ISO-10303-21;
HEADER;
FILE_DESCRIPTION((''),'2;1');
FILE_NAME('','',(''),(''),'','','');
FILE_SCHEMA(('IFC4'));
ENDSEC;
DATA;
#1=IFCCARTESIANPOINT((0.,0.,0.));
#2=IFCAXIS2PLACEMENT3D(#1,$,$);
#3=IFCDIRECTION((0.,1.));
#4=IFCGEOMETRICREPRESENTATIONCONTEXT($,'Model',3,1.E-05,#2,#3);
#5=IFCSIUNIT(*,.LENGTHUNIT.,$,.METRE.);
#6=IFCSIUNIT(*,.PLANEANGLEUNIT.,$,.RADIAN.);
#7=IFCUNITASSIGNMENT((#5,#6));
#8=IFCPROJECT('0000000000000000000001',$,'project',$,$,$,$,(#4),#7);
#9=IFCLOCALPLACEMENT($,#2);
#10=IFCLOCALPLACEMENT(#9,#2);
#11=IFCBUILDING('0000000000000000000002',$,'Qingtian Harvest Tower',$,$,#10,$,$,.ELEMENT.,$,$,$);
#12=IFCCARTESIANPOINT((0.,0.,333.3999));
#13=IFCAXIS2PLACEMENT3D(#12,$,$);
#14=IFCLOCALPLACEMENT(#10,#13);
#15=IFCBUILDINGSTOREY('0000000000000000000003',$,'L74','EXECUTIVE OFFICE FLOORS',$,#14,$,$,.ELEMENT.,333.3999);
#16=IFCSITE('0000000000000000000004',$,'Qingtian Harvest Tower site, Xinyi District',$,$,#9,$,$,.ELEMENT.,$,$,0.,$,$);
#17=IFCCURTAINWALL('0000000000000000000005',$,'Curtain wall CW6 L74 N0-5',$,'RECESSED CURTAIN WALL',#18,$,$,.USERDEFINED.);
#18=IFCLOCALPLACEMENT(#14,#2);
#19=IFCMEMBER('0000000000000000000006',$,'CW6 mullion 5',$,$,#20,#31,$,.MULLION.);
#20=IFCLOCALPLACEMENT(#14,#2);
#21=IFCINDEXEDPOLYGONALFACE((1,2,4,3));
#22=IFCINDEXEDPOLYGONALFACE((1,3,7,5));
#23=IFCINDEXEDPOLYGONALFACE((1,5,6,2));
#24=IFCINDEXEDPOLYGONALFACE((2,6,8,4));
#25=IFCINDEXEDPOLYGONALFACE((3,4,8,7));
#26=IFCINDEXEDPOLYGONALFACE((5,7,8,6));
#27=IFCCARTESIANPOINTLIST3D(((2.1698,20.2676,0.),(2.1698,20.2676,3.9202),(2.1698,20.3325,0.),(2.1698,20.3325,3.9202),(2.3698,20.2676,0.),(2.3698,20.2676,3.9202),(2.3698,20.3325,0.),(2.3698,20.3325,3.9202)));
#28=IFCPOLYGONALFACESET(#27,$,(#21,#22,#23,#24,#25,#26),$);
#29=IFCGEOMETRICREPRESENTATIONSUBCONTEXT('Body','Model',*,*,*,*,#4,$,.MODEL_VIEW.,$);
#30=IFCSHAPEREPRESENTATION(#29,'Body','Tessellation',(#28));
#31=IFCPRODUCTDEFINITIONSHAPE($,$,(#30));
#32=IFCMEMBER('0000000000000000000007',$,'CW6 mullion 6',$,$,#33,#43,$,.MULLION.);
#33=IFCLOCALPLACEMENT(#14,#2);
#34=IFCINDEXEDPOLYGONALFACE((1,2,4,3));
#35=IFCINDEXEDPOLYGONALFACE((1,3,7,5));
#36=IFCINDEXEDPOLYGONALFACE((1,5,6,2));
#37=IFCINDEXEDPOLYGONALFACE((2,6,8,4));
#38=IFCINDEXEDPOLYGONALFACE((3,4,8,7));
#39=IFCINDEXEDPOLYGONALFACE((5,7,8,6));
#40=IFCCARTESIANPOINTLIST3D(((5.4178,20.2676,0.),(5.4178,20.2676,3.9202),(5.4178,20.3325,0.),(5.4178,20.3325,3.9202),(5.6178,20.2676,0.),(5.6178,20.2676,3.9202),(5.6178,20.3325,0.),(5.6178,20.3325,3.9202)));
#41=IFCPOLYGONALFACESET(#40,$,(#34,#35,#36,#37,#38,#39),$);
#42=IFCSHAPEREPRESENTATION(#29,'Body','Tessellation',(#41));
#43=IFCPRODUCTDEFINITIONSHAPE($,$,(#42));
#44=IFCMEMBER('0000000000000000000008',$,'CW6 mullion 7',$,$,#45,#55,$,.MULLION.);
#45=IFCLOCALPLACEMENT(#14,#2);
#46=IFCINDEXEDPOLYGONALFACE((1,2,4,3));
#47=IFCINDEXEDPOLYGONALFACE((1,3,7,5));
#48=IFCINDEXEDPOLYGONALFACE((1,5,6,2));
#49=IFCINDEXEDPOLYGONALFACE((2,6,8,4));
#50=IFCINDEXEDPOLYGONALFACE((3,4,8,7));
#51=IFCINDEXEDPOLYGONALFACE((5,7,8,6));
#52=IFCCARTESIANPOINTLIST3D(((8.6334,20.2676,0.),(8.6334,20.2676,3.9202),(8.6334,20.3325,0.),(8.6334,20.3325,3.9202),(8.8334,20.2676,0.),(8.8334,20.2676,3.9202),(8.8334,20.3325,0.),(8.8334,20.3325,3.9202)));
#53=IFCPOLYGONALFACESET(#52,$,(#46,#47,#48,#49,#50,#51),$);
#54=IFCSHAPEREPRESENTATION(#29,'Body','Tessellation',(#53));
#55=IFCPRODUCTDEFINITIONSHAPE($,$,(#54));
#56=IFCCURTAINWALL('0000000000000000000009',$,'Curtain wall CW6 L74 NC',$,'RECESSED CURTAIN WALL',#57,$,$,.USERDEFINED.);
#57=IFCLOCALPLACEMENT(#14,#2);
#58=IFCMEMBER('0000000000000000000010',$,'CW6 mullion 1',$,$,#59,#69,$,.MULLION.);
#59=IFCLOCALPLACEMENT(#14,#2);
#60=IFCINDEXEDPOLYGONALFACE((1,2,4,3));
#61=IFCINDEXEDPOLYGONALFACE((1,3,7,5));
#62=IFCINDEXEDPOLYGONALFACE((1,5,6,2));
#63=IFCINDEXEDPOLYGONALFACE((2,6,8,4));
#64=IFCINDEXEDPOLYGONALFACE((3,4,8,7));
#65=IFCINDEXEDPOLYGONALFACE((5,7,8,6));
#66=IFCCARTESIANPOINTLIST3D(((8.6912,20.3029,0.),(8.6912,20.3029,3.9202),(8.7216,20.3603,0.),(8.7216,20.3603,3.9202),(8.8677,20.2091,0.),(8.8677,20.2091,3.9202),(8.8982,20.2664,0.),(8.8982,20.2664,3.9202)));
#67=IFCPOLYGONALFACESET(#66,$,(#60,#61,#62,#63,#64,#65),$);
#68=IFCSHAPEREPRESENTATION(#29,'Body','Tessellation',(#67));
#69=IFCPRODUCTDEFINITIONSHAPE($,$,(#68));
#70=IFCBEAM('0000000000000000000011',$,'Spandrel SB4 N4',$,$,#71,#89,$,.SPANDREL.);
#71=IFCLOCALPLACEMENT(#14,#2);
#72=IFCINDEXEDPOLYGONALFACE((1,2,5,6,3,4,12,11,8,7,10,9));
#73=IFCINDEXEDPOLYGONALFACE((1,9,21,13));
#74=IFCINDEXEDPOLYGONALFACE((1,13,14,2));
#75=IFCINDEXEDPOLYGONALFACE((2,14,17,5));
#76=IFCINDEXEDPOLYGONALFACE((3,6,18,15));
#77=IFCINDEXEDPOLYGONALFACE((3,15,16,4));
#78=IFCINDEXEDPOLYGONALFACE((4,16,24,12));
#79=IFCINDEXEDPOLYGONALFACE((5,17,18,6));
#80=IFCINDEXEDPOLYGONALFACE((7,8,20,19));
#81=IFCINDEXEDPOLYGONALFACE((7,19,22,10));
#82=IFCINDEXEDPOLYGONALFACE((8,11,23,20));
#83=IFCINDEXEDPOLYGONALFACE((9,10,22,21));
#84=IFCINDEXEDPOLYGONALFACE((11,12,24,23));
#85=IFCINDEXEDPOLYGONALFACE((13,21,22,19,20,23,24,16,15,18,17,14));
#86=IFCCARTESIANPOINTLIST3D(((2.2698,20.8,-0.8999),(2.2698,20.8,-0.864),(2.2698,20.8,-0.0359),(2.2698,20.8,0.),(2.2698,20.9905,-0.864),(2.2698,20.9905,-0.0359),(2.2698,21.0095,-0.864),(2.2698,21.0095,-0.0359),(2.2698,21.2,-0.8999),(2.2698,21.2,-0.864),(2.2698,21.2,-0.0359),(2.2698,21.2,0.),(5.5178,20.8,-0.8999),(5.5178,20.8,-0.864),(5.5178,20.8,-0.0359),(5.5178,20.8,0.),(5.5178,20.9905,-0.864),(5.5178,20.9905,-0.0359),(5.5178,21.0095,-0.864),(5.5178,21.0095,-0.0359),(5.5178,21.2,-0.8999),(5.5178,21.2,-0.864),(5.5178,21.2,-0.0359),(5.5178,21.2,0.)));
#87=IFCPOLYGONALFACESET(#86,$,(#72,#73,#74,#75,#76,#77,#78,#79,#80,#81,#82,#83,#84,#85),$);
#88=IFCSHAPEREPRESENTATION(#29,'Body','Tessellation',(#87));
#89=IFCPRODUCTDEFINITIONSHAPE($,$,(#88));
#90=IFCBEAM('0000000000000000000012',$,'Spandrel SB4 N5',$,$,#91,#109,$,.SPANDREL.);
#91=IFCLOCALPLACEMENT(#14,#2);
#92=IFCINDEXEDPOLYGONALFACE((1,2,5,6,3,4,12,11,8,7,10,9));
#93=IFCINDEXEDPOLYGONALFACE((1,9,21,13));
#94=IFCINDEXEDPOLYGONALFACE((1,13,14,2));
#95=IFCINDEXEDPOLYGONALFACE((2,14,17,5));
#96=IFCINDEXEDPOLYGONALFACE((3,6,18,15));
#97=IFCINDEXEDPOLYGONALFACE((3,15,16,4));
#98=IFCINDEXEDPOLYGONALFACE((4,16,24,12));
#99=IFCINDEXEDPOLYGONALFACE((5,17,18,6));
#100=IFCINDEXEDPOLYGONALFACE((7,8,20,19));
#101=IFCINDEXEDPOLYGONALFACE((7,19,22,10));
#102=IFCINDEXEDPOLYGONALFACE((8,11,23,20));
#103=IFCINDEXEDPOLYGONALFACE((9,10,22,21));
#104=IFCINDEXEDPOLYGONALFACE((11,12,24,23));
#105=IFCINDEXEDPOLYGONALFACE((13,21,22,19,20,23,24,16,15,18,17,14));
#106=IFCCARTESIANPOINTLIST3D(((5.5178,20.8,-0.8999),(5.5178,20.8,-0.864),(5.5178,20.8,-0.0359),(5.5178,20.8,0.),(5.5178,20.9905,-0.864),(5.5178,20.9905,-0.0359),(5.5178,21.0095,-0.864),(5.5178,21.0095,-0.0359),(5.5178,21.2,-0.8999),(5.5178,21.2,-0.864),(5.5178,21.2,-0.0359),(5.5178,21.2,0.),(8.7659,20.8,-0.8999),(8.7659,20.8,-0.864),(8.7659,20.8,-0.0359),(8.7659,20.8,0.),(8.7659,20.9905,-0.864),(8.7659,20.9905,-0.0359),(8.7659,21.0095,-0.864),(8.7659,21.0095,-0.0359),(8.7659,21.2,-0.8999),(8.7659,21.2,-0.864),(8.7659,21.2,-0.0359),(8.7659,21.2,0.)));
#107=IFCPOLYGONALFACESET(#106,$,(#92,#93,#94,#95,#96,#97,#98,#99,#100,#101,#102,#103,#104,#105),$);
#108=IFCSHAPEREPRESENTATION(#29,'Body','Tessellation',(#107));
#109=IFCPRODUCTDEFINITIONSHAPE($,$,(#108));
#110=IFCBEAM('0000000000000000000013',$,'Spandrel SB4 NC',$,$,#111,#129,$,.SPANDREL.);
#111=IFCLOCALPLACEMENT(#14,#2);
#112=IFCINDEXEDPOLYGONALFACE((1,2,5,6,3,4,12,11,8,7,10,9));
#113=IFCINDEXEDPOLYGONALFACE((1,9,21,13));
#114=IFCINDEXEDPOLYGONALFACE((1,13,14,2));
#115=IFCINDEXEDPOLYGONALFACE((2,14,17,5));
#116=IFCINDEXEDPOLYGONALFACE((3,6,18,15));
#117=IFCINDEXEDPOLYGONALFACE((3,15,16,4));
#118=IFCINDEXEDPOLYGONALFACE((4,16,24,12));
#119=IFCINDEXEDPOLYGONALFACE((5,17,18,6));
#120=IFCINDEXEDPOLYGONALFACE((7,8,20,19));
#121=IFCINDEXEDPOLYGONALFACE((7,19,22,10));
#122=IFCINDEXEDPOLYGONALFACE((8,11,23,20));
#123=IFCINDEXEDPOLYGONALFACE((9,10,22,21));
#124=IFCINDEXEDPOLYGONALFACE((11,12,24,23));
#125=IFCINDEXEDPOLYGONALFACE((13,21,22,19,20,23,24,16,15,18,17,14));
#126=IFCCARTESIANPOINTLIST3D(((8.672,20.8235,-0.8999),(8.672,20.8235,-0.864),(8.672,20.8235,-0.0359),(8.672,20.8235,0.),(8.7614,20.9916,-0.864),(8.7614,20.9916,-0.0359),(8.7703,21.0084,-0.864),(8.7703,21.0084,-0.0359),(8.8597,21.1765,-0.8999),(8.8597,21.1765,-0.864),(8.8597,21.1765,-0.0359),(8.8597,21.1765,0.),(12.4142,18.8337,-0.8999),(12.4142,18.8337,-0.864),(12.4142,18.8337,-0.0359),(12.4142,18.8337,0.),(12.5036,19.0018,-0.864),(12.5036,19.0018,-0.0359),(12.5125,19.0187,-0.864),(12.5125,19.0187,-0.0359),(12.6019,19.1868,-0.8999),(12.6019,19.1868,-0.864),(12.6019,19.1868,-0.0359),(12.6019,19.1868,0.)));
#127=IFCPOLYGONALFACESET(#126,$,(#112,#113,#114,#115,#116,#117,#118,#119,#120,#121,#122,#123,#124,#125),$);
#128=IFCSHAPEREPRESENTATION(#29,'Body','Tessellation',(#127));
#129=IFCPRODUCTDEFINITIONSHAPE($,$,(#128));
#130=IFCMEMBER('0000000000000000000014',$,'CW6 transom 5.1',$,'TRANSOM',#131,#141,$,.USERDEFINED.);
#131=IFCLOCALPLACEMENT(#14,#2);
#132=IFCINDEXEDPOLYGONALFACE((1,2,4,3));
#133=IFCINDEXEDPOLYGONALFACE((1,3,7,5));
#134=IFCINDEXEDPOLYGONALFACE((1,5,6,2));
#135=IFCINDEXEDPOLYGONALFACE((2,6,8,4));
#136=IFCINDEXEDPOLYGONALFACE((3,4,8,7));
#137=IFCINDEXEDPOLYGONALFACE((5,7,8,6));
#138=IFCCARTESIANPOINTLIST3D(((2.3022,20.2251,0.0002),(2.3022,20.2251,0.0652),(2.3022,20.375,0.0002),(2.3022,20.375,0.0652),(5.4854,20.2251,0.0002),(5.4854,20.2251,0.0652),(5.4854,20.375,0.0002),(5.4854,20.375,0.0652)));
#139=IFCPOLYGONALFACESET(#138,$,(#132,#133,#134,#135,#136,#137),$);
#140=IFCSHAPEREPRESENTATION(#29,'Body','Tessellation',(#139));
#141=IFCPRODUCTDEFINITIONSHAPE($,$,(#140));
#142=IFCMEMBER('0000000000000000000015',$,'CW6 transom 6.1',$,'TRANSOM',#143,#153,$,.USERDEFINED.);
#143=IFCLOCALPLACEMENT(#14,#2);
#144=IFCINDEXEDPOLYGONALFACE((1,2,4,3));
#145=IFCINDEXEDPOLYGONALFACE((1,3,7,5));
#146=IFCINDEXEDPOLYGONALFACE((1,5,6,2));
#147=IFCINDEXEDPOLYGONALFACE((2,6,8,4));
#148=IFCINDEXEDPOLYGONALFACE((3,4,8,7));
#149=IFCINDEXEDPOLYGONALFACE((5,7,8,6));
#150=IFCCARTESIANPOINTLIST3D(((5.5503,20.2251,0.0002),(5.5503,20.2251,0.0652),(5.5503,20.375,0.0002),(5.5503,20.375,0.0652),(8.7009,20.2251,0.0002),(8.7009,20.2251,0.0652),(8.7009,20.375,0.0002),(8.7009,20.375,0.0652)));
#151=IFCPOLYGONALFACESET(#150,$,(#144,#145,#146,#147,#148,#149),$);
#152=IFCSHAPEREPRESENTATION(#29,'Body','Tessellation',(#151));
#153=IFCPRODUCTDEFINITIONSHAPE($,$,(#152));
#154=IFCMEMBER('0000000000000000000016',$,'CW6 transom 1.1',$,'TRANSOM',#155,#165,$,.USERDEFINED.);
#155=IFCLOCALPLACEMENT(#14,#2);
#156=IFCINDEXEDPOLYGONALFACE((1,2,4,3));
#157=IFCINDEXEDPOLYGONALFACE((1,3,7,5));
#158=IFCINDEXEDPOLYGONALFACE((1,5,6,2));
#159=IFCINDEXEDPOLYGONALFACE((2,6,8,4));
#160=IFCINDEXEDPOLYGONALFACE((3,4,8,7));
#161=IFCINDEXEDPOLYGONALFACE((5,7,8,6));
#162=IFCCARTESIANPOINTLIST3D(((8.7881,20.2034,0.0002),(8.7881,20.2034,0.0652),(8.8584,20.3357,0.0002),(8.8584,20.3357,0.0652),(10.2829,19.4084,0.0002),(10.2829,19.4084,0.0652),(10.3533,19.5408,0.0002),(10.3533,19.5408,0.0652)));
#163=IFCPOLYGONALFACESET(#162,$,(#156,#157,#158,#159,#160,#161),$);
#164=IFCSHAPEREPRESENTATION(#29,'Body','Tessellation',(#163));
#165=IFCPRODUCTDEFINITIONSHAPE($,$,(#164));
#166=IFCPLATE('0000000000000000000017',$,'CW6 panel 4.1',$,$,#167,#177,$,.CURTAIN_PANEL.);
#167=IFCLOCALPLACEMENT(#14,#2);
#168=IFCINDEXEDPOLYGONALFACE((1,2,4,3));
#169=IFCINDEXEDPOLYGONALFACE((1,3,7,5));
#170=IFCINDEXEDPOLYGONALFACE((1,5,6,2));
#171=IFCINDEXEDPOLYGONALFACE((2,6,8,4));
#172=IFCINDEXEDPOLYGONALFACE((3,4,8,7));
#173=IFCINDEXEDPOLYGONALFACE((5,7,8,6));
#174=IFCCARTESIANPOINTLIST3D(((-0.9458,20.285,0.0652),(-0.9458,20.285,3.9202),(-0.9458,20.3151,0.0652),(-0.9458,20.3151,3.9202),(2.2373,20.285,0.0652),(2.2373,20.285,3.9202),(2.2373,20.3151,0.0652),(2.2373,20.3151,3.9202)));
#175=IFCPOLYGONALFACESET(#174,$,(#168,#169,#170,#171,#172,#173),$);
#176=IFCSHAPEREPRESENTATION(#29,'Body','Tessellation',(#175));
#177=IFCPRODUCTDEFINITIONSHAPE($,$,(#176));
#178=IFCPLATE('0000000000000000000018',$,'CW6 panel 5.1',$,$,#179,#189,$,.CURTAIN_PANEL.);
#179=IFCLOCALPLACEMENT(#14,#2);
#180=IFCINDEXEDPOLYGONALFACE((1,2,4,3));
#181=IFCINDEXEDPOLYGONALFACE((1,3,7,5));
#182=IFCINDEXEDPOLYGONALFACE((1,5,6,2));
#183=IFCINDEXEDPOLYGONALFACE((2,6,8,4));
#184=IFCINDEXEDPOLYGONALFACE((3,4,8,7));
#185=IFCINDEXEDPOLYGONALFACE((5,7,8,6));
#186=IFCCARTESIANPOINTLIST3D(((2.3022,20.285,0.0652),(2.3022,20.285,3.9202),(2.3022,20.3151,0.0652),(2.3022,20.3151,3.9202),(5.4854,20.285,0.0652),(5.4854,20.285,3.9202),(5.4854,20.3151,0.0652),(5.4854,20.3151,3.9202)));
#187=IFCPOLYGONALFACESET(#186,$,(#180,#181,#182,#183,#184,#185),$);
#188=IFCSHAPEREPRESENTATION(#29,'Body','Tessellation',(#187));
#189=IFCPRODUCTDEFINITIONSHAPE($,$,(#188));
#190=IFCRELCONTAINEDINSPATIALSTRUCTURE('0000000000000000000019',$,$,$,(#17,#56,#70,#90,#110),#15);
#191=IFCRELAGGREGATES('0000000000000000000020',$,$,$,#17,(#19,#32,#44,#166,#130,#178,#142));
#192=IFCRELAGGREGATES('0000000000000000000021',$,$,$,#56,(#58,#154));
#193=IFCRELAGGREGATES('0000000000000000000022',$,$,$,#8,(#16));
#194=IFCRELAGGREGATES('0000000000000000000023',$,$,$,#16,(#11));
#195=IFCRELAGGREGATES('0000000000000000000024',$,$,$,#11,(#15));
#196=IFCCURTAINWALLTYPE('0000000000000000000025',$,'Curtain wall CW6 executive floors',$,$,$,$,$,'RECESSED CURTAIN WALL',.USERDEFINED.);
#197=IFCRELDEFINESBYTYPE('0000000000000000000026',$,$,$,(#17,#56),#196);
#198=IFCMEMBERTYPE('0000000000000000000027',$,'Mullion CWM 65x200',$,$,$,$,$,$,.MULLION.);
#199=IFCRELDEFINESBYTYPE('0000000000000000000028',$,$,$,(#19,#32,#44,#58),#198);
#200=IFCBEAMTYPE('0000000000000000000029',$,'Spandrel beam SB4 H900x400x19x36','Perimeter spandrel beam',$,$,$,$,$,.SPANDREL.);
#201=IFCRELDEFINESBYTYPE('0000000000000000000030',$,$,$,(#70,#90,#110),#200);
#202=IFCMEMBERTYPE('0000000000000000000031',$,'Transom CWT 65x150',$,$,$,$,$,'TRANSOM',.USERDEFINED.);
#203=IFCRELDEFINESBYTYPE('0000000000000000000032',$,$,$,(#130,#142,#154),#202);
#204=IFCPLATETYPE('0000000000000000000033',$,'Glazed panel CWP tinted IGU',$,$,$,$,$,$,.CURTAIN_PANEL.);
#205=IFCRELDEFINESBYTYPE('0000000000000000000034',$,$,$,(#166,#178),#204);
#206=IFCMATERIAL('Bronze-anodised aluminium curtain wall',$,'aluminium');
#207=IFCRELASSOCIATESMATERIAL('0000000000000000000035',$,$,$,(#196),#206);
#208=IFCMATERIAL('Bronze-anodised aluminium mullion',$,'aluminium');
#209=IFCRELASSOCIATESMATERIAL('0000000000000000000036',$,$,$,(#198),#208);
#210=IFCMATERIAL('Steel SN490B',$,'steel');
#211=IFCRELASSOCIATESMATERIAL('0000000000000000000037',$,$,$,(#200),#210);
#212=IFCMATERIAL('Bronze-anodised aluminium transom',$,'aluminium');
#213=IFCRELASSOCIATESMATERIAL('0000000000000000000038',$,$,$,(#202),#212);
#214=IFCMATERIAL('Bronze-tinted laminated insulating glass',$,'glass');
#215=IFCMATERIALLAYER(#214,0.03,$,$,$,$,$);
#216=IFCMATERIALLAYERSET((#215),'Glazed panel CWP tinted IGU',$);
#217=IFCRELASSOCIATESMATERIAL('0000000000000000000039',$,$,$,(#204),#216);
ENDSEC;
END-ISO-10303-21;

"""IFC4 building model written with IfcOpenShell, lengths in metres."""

from ifc_helpers import new_model, si_unit, direction, frame, origin, origin_2d, place, context, subcontext, project, spatial, rectangle, i_section, extrude, material, layer, layer_set, material_profile, profile_set, type_object, element, aggregate, save


model = new_model("IFC4")

# Units and contexts
model_context = context("Model", 3, precision=1e-05, world=origin(), true_north=direction((0.0, 1.0)))
body_context = subcontext(model_context, "Body", "Model", "MODEL_VIEW")
ifc_project = project(units=[si_unit("LENGTHUNIT", "METRE"), si_unit("PLANEANGLEUNIT", "RADIAN")], contexts=[model_context])

# Site, building, storey
site_placement = place(None, origin())
site = spatial("IfcSite", under=ifc_project, at=site_placement, Name="Qingtian Harvest Tower site, Xinyi District", CompositionType="ELEMENT", RefElevation=0.0)
building_placement = place(site_placement, origin())
building = spatial("IfcBuilding", under=site, at=building_placement, Name="Qingtian Harvest Tower", CompositionType="ELEMENT")
storey_placement = place(building_placement, frame((0.0, 0.0, 333.3999)))
storey = spatial("IfcBuildingStorey", under=building, at=storey_placement, Name="L74", Description="EXECUTIVE OFFICE FLOORS", CompositionType="ELEMENT", Elevation=333.3999)

# Curtain wall, members
ifc_material_1 = material(Name="Bronze-anodised aluminium curtain wall", Category="aluminium")
curtain_wall_type = type_object("IfcCurtainWallType", Name="Curtain wall CW6 executive floors", ElementType="RECESSED CURTAIN WALL", PredefinedType="USERDEFINED", material=ifc_material_1)
curtain_wall_1_placement = place(storey_placement, origin())
curtain_wall_1 = element("IfcCurtainWall", 1, at=curtain_wall_1_placement, inside=storey, type_object=curtain_wall_type, Name="Curtain wall CW6 L74 N0-5", ObjectType="RECESSED CURTAIN WALL", PredefinedType="USERDEFINED")
ifc_material_2 = material(Name="Bronze-anodised aluminium mullion", Category="aluminium")
ifc_material_profile_1 = material_profile(ifc_material_2, rectangle(XDim=0.0649, YDim=0.2, at=origin_2d()), Name="AL 65x200")
ifc_profile_set_1 = profile_set([ifc_material_profile_1], Name="Bronze-anodised aluminium mullion")
member_type_1 = type_object("IfcMemberType", Name="Mullion CWM 65x200", PredefinedType="MULLION", material=ifc_profile_set_1)
member_1_placement = place(storey_placement, frame((2.2698, 20.3, 0.0), z_axis=(0.0, 0.0, 1.0), x_axis=(0.0, 1.0, 0.0)))
member_1 = element("IfcMember", 2, at=member_1_placement, type_object=member_type_1, Name="CW6 mullion 5", PredefinedType="MULLION", context=body_context, shape_type="SweptSolid", body=[
    extrude(rectangle(XDim=0.0649, YDim=0.2, at=origin_2d()), origin(), (0.0, 0.0, 1.0), 3.9202),
])
member_2_placement = place(storey_placement, frame((5.5178, 20.3, 0.0), z_axis=(0.0, 0.0, 1.0), x_axis=(0.0, 1.0, 0.0)))
member_2 = element("IfcMember", 3, at=member_2_placement, type_object=member_type_1, Name="CW6 mullion 6", PredefinedType="MULLION", context=body_context, shape_type="SweptSolid", body=[
    extrude(rectangle(XDim=0.0649, YDim=0.2, at=origin_2d()), origin(), (0.0, 0.0, 1.0), 3.9202),
])
member_3_placement = place(storey_placement, frame((8.7334, 20.3, 0.0), z_axis=(0.0, 0.0, 1.0), x_axis=(0.0, 1.0, 0.0)))
member_3 = element("IfcMember", 4, at=member_3_placement, type_object=member_type_1, Name="CW6 mullion 7", PredefinedType="MULLION", context=body_context, shape_type="SweptSolid", body=[
    extrude(rectangle(XDim=0.0649, YDim=0.2, at=origin_2d()), origin(), (0.0, 0.0, 1.0), 3.9202),
])

# Curtain wall, member
curtain_wall_2_placement = place(storey_placement, origin())
curtain_wall_2 = element("IfcCurtainWall", 5, at=curtain_wall_2_placement, inside=storey, type_object=curtain_wall_type, Name="Curtain wall CW6 L74 NC", ObjectType="RECESSED CURTAIN WALL", PredefinedType="USERDEFINED")
member_4_placement = place(storey_placement, frame((8.7947, 20.2847, 0.0), z_axis=(0.0, 0.0, 1.0), x_axis=(0.469472, 0.882948, 0.0)))
member_4 = element("IfcMember", 6, at=member_4_placement, type_object=member_type_1, Name="CW6 mullion 1", PredefinedType="MULLION", context=body_context, shape_type="SweptSolid", body=[
    extrude(rectangle(XDim=0.0649, YDim=0.2, at=origin_2d()), origin(), (0.0, 0.0, 1.0), 3.9202),
])

# Beams
ifc_material_3 = material(Name="Steel SN490B", Category="steel")
ifc_material_profile_2 = material_profile(ifc_material_3, i_section(OverallWidth=0.3999, OverallDepth=0.8999, WebThickness=0.019, FlangeThickness=0.0359, at=origin_2d()), Name="H900x400x19x36")
ifc_profile_set_2 = profile_set([ifc_material_profile_2], Name="Steel SN490B")
beam_type_1 = type_object("IfcBeamType", Name="Spandrel beam SB4 H900x400x19x36", Description="Perimeter spandrel beam", PredefinedType="SPANDREL", material=ifc_profile_set_2)
for number, where, z_axis, x_axis, name in (
    (7, (2.2698, 21.0, -0.45), (1.0, 0.0, 0.0), (0.0, 1.0, 0.0), "Spandrel SB4 N4"),
    (8, (5.5178, 21.0, -0.45), (1.0, 0.0, 0.0), (0.0, 1.0, 0.0), "Spandrel SB4 N5"),
):
    element("IfcBeam", number, at=place(storey_placement, frame(where, z_axis=z_axis, x_axis=x_axis)), inside=storey, type_object=beam_type_1, Name=name, PredefinedType="SPANDREL", context=body_context, shape_type="SweptSolid", body=[
        extrude(i_section(OverallWidth=0.3999, OverallDepth=0.8999, WebThickness=0.019, FlangeThickness=0.0359, at=origin_2d()), origin(), (0.0, 0.0, 1.0), 3.248),
    ])
beam_1_placement = place(storey_placement, frame((8.7659, 21.0, -0.45), z_axis=(0.882949, -0.46947, 0.0), x_axis=(0.46947, 0.882949, 0.0)))
element("IfcBeam", 9, at=beam_1_placement, inside=storey, type_object=beam_type_1, Name="Spandrel SB4 NC", PredefinedType="SPANDREL", context=body_context, shape_type="SweptSolid", body=[
    extrude(i_section(OverallWidth=0.3999, OverallDepth=0.8999, WebThickness=0.019, FlangeThickness=0.0359, at=origin_2d()), origin(), (0.0, 0.0, 1.0), 4.2383),
])

# Members
ifc_material_4 = material(Name="Bronze-anodised aluminium transom", Category="aluminium")
ifc_material_profile_3 = material_profile(ifc_material_4, rectangle(XDim=0.1499, YDim=0.0649, at=origin_2d()), Name="AL 65x150")
ifc_profile_set_3 = profile_set([ifc_material_profile_3], Name="Bronze-anodised aluminium transom")
member_type_2 = type_object("IfcMemberType", Name="Transom CWT 65x150", ElementType="TRANSOM", PredefinedType="USERDEFINED", material=ifc_profile_set_3)
member_5_placement = place(storey_placement, frame((2.3022, 20.3, 0.0327), z_axis=(1.0, 0.0, 0.0), x_axis=(0.0, 1.0, 0.0)))
member_5 = element("IfcMember", 10, at=member_5_placement, type_object=member_type_2, Name="CW6 transom 5.1", ObjectType="TRANSOM", PredefinedType="USERDEFINED", context=body_context, shape_type="SweptSolid", body=[
    extrude(rectangle(XDim=0.1499, YDim=0.0649, at=origin_2d()), origin(), (0.0, 0.0, 1.0), 3.1831),
])
member_6_placement = place(storey_placement, frame((5.5503, 20.3, 0.0327), z_axis=(1.0, 0.0, 0.0), x_axis=(0.0, 1.0, 0.0)))
member_6 = element("IfcMember", 11, at=member_6_placement, type_object=member_type_2, Name="CW6 transom 6.1", ObjectType="TRANSOM", PredefinedType="USERDEFINED", context=body_context, shape_type="SweptSolid", body=[
    extrude(rectangle(XDim=0.1499, YDim=0.0649, at=origin_2d()), origin(), (0.0, 0.0, 1.0), 3.1506),
])
member_7_placement = place(storey_placement, frame((8.8232, 20.2695, 0.0327), z_axis=(0.882927, -0.46951, 0.0), x_axis=(0.46951, 0.882927, 0.0)))
member_7 = element("IfcMember", 12, at=member_7_placement, type_object=member_type_2, Name="CW6 transom 1.1", ObjectType="TRANSOM", PredefinedType="USERDEFINED", context=body_context, shape_type="SweptSolid", body=[
    extrude(rectangle(XDim=0.1499, YDim=0.0649, at=origin_2d()), origin(), (0.0, 0.0, 1.0), 1.6931),
])

# Plates
ifc_material_5 = material(Name="Bronze-tinted laminated insulating glass", Category="glass")
ifc_layer_1 = layer(ifc_material_5, 0.03)
ifc_layer_set_1 = layer_set([ifc_layer_1], Name="Glazed panel CWP tinted IGU")
plate_type = type_object("IfcPlateType", Name="Glazed panel CWP tinted IGU", PredefinedType="CURTAIN_PANEL", material=ifc_layer_set_1)
plate_1_placement = place(storey_placement, frame((0.6458, 20.3, 0.0652), z_axis=(0.0, 0.0, 1.0), x_axis=(1.0, 0.0, 0.0)))
plate_1 = element("IfcPlate", 13, at=plate_1_placement, type_object=plate_type, Name="CW6 panel 4.1", PredefinedType="CURTAIN_PANEL", context=body_context, shape_type="SweptSolid", body=[
    extrude(rectangle(XDim=3.1831, YDim=0.03, at=origin_2d()), origin(), (0.0, 0.0, 1.0), 3.855),
])
plate_2_placement = place(storey_placement, frame((3.8938, 20.3, 0.0652), z_axis=(0.0, 0.0, 1.0), x_axis=(1.0, 0.0, 0.0)))
plate_2 = element("IfcPlate", 14, at=plate_2_placement, type_object=plate_type, Name="CW6 panel 5.1", PredefinedType="CURTAIN_PANEL", context=body_context, shape_type="SweptSolid", body=[
    extrude(rectangle(XDim=3.1831, YDim=0.03, at=origin_2d()), origin(), (0.0, 0.0, 1.0), 3.855),
])
aggregate(curtain_wall_1, [member_1, member_2, member_3, plate_1, member_5, plate_2, member_6])
aggregate(curtain_wall_2, [member_4, member_7])

save(model, "model.ifc")
